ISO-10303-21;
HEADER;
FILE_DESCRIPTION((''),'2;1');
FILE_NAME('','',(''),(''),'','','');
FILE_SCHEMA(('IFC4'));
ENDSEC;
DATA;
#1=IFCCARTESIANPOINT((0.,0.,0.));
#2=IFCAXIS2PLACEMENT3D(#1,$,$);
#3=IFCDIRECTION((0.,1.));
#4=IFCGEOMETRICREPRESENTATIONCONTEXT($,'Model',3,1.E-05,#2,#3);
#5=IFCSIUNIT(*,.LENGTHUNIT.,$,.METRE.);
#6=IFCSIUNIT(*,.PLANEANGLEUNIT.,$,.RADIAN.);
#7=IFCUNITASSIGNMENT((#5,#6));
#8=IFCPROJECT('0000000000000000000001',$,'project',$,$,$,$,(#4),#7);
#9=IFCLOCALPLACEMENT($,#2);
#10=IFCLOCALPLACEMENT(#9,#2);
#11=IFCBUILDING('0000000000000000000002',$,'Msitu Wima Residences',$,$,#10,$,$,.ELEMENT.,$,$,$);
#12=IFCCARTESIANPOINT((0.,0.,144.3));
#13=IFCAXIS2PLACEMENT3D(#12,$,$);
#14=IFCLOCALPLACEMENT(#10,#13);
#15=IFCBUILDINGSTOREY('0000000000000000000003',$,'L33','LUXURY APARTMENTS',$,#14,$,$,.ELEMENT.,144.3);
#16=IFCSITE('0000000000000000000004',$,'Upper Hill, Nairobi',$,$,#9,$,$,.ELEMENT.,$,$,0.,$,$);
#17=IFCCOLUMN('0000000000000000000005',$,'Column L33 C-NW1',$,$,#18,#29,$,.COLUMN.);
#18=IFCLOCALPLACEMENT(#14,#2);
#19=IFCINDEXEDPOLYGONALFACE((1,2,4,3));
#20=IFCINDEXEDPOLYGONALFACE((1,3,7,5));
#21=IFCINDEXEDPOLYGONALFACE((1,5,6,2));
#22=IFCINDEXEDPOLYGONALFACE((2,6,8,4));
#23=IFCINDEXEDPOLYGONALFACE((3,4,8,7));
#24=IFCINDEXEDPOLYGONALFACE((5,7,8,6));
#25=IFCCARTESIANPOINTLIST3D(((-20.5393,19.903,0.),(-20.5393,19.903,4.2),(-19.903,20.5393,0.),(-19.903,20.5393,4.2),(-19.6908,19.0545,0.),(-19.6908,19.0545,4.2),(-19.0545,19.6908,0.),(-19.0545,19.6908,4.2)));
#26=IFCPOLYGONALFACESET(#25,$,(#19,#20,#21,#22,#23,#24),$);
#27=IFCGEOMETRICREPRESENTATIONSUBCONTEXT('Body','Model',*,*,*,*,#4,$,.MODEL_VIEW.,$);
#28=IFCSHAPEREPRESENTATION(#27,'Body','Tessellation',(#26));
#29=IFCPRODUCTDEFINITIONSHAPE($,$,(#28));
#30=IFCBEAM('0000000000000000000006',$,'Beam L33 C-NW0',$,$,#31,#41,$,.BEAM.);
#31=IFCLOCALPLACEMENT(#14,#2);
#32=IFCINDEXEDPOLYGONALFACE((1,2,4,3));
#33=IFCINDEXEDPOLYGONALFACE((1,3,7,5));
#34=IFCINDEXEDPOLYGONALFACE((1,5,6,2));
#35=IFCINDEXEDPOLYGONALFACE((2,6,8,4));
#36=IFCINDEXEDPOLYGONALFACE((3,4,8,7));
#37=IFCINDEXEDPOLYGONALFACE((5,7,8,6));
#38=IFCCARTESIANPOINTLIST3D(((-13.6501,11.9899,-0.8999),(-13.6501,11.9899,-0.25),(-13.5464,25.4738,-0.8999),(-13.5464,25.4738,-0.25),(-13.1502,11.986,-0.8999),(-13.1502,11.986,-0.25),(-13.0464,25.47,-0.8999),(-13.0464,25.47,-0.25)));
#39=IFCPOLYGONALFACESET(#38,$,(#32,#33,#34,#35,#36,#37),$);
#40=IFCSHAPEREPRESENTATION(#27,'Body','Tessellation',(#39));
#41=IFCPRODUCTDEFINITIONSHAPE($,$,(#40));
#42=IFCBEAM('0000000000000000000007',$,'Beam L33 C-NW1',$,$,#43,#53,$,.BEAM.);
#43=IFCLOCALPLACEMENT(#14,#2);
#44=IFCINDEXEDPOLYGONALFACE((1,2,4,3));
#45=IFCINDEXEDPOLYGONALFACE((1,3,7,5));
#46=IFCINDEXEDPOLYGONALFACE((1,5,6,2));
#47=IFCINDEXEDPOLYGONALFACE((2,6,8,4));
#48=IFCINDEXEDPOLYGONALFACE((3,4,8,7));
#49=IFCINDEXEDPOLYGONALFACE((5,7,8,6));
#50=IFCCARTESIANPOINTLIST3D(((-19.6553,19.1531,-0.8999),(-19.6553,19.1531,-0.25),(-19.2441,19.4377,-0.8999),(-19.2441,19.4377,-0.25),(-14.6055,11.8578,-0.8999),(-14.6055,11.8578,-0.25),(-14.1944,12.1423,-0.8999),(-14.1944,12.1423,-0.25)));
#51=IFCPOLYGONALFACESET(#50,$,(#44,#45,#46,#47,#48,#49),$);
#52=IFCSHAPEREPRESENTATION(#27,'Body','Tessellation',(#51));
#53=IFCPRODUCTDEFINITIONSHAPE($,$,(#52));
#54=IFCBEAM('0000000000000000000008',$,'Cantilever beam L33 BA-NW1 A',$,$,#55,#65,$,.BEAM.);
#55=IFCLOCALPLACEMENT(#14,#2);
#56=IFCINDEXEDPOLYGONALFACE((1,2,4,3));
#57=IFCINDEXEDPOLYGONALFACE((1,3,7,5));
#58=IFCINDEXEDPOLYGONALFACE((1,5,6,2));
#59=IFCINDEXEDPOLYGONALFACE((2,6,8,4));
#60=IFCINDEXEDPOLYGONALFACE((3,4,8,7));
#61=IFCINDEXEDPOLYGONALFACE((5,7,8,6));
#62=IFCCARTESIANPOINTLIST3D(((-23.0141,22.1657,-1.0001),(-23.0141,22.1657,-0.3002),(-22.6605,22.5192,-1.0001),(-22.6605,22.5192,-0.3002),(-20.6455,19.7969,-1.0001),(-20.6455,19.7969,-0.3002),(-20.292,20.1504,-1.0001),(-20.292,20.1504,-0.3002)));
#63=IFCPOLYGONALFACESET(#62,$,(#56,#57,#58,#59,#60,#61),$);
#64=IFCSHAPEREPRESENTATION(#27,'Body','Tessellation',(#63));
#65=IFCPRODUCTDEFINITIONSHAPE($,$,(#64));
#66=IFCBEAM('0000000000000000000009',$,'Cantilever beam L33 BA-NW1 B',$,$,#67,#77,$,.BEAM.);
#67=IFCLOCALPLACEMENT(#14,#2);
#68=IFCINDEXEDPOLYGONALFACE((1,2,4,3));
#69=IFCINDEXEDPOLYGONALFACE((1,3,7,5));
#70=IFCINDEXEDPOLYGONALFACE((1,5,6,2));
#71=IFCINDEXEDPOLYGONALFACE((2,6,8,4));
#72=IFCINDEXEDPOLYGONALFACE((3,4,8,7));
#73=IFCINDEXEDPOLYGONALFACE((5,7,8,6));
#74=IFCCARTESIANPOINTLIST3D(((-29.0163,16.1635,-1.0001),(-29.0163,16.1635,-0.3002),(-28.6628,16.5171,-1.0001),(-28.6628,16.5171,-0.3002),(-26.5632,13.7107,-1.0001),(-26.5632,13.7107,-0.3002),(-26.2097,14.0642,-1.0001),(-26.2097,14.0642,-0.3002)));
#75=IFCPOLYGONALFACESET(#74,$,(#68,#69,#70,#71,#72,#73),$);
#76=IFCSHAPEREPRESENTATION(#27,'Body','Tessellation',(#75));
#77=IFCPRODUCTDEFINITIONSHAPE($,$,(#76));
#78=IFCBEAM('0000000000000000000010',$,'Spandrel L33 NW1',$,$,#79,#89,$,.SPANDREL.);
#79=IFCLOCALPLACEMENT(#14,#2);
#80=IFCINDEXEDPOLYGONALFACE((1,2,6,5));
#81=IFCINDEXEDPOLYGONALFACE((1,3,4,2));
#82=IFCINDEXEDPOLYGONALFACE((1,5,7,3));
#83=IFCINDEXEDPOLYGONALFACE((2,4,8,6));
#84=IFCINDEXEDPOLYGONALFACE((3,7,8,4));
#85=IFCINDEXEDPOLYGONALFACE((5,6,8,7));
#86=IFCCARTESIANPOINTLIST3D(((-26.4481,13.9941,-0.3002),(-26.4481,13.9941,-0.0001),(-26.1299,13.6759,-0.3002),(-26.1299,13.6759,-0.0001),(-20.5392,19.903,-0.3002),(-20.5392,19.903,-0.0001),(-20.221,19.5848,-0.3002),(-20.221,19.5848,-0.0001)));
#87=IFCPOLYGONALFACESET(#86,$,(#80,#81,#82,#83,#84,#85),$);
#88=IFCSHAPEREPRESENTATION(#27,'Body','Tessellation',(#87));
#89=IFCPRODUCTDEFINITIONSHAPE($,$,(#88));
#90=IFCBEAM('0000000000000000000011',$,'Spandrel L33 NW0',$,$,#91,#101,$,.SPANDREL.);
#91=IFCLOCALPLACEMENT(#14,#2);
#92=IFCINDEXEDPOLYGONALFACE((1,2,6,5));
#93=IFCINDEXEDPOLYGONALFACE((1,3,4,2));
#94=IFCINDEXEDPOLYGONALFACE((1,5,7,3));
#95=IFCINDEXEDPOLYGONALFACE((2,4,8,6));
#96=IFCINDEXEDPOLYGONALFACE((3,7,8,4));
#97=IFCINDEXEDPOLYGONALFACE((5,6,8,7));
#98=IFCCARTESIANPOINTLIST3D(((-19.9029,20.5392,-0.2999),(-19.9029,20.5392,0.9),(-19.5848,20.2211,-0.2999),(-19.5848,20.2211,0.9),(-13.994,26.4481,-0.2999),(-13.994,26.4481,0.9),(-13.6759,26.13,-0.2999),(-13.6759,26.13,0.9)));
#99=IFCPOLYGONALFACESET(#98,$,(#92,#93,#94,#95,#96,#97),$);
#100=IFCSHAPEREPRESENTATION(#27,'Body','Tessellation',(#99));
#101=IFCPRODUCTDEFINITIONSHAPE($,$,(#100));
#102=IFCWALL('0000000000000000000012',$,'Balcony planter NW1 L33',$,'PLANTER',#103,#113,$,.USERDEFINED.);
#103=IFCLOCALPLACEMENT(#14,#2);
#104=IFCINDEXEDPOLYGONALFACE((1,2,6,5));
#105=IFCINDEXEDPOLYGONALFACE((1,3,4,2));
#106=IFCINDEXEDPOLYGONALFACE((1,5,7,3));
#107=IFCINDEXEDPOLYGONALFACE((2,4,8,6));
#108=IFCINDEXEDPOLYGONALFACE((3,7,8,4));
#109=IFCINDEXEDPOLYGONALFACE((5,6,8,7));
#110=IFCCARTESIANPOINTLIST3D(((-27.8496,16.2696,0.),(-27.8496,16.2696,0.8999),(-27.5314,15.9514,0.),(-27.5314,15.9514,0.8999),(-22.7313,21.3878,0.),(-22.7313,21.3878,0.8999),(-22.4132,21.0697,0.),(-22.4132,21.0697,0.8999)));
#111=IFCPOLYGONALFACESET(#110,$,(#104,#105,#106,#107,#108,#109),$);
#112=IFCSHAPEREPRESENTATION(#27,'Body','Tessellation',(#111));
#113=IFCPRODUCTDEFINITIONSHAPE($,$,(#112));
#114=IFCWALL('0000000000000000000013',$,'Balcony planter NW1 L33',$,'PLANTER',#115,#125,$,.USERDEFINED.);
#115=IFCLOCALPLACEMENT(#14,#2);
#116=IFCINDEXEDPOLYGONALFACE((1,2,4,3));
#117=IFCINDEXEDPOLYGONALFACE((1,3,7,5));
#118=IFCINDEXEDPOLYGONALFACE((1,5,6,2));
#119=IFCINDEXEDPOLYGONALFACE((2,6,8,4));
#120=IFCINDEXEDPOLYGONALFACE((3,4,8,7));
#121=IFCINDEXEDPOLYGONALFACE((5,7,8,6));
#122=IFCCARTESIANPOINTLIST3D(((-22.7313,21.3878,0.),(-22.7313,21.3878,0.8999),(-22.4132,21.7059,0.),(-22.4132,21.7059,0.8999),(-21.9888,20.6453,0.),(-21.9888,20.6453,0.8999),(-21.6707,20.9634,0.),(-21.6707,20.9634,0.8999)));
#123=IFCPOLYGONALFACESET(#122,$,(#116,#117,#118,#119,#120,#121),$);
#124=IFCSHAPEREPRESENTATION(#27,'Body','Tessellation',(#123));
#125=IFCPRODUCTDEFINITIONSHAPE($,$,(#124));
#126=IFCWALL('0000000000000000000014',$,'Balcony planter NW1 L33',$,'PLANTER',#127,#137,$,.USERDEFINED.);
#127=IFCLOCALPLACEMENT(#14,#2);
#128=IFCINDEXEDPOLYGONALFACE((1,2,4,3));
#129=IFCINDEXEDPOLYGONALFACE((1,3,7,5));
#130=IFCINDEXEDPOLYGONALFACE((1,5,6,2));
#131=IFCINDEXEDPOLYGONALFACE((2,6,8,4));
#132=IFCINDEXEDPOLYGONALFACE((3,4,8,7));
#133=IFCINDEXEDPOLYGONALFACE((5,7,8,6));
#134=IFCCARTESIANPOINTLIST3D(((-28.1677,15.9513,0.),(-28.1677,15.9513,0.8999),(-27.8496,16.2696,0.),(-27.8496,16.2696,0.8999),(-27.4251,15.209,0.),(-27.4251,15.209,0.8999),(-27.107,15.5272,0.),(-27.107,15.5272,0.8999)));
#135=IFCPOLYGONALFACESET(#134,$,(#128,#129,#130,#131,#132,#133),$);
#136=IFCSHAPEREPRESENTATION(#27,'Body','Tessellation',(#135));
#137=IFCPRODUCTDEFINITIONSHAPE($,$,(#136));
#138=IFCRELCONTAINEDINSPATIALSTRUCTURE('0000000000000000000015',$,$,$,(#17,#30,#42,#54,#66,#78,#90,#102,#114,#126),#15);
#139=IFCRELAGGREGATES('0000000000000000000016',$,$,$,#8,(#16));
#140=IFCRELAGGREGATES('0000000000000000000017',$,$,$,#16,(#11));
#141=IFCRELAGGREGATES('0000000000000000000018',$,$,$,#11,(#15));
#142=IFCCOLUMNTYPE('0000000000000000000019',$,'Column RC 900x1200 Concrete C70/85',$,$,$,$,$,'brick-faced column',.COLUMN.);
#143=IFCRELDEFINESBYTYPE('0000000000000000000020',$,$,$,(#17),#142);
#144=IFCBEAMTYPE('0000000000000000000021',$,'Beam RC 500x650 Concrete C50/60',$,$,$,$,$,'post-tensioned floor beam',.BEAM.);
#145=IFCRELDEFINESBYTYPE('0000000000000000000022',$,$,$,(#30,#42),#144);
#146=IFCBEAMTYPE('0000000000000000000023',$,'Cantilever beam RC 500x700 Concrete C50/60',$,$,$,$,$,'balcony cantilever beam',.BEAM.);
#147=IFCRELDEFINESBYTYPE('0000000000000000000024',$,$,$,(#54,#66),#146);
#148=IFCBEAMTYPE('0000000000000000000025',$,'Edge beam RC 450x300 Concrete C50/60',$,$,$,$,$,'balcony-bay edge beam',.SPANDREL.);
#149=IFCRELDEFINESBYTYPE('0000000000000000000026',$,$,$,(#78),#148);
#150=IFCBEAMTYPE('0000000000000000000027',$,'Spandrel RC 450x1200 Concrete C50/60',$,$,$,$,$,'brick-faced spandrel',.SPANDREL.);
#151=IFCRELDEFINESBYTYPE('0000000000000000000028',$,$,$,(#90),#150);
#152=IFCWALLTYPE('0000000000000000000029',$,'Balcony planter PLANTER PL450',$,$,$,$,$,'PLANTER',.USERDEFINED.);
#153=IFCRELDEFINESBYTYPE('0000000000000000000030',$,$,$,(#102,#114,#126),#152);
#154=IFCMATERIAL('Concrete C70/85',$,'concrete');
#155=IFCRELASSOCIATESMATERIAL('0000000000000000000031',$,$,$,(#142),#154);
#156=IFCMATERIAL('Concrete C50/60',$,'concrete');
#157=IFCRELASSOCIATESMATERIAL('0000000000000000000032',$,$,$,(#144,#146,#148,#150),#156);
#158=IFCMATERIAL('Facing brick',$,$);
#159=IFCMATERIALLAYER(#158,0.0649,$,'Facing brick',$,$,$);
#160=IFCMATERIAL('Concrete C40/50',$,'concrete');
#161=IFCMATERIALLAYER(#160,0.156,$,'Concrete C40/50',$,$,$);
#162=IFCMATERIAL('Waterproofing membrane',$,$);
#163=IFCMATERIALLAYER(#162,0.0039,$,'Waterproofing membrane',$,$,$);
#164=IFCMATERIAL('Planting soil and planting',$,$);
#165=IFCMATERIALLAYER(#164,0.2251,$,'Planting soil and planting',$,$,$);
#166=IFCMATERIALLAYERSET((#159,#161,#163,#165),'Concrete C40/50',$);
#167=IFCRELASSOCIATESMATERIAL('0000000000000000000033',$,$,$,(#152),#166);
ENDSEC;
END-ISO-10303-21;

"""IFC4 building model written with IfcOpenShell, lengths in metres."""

from ifc_helpers import new_model, si_unit, direction, frame, frame_2d, origin, origin_2d, place, context, subcontext, project, spatial, rectangle, extrude, material, layer, layer_set, material_profile, profile_set, type_object, element, save


model = new_model("IFC4")

# Units and contexts
model_context = context("Model", 3, precision=1e-05, world=origin(), true_north=direction((0.0, 1.0)))
body_context = subcontext(model_context, "Body", "Model", "MODEL_VIEW")
ifc_project = project(units=[si_unit("LENGTHUNIT", "METRE"), si_unit("PLANEANGLEUNIT", "RADIAN")], contexts=[model_context])

# Site, building, storey
site_placement = place(None, origin())
site = spatial("IfcSite", under=ifc_project, at=site_placement, Name="Upper Hill, Nairobi", CompositionType="ELEMENT", RefElevation=0.0)
building_placement = place(site_placement, origin())
building = spatial("IfcBuilding", under=site, at=building_placement, Name="Msitu Wima Residences", CompositionType="ELEMENT")
storey_placement = place(building_placement, frame((0.0, 0.0, 144.3)))
storey = spatial("IfcBuildingStorey", under=building, at=storey_placement, Name="L33", Description="LUXURY APARTMENTS", CompositionType="ELEMENT", Elevation=144.3)

# Column
ifc_material_1 = material(Name="Concrete C70/85", Category="concrete")
ifc_material_profile_1 = material_profile(ifc_material_1, rectangle(XDim=0.8999, YDim=1.2, at=origin_2d()), Name="RC 900x1200")
ifc_profile_set_1 = profile_set([ifc_material_profile_1], Name="Concrete C70/85")
column_type = type_object("IfcColumnType", Name="Column RC 900x1200 Concrete C70/85", ElementType="brick-faced column", PredefinedType="COLUMN", material=ifc_profile_set_1)
column_placement = place(storey_placement, frame((-19.7969, 19.7969, 0.0), z_axis=(0.0, 0.0, 1.0), x_axis=(-0.707107, -0.707107, 0.0)))
element("IfcColumn", 1, at=column_placement, inside=storey, type_object=column_type, Name="Column L33 C-NW1", PredefinedType="COLUMN", context=body_context, shape_type="SweptSolid", body=[
    extrude(rectangle(XDim=0.8999, YDim=1.2, at=origin_2d()), origin(), (0.0, 0.0, 1.0), 4.2),
])

# Beams
ifc_material_2 = material(Name="Concrete C50/60", Category="concrete")
ifc_material_profile_2 = material_profile(ifc_material_2, rectangle(XDim=0.5, YDim=0.6499, at=origin_2d()), Name="RC 500x650")
ifc_profile_set_2 = profile_set([ifc_material_profile_2], Name="Concrete C50/60")
beam_type_1 = type_object("IfcBeamType", Name="Beam RC 500x650 Concrete C50/60", ElementType="post-tensioned floor beam", PredefinedType="BEAM", material=ifc_profile_set_2)
beam_1_placement = place(storey_placement, frame((-13.2964, 25.4719, -0.575), z_axis=(-0.007695, -0.99997, 0.0), x_axis=(0.99997, -0.007695, 0.0)))
element("IfcBeam", 2, at=beam_1_placement, inside=storey, type_object=beam_type_1, Name="Beam L33 C-NW0", PredefinedType="BEAM", context=body_context, shape_type="SweptSolid", body=[
    extrude(rectangle(XDim=0.5, YDim=0.6499, at=origin_2d()), origin(), (0.0, 0.0, 1.0), 13.4844),
])
beam_2_placement = place(storey_placement, frame((-19.4497, 19.2954, -0.575), z_axis=(0.569144, -0.822238, 0.0), x_axis=(0.822238, 0.569144, 0.0)))
element("IfcBeam", 3, at=beam_2_placement, inside=storey, type_object=beam_type_1, Name="Beam L33 C-NW1", PredefinedType="BEAM", context=body_context, shape_type="SweptSolid", body=[
    extrude(rectangle(XDim=0.5, YDim=0.6499, at=origin_2d()), origin(), (0.0, 0.0, 1.0), 8.8726),
])
ifc_material_profile_3 = material_profile(ifc_material_2, rectangle(XDim=0.5, YDim=0.7, at=origin_2d()), Name="RC 500x700")
ifc_profile_set_3 = profile_set([ifc_material_profile_3], Name="Concrete C50/60")
beam_type_2 = type_object("IfcBeamType", Name="Cantilever beam RC 500x700 Concrete C50/60", ElementType="balcony cantilever beam", PredefinedType="BEAM", material=ifc_profile_set_3)
beam_3_placement = place(storey_placement, frame((-20.4688, 19.9736, -0.6501), z_axis=(-0.70707, 0.707143, 0.0), x_axis=(-0.707143, -0.70707, 0.0)))
element("IfcBeam", 4, at=beam_3_placement, inside=storey, type_object=beam_type_2, Name="Cantilever beam L33 BA-NW1 A", PredefinedType="BEAM", context=body_context, shape_type="SweptSolid", body=[
    extrude(rectangle(XDim=0.5, YDim=0.7, at=origin_2d()), origin(), (0.0, 0.0, 1.0), 3.3499),
])
beam_4_placement = place(storey_placement, frame((-26.3865, 13.8875, -0.6501), z_axis=(-0.707142, 0.707072, 0.0), x_axis=(-0.707072, -0.707142, 0.0)))
element("IfcBeam", 5, at=beam_4_placement, inside=storey, type_object=beam_type_2, Name="Cantilever beam L33 BA-NW1 B", PredefinedType="BEAM", context=body_context, shape_type="SweptSolid", body=[
    extrude(rectangle(XDim=0.5, YDim=0.7, at=origin_2d()), origin(), (0.0, 0.0, 1.0), 3.469),
])
ifc_material_profile_4 = material_profile(ifc_material_2, rectangle(XDim=0.45, YDim=0.3, at=origin_2d()), Name="RC 450x300")
ifc_profile_set_4 = profile_set([ifc_material_profile_4], Name="Concrete C50/60")
beam_type_3 = type_object("IfcBeamType", Name="Edge beam RC 450x300 Concrete C50/60", ElementType="balcony-bay edge beam", PredefinedType="SPANDREL", material=ifc_profile_set_4)
beam_5_placement = place(storey_placement, frame((-20.3801, 19.7439, -0.1501), z_axis=(-0.707107, -0.707107, 0.0), x_axis=(0.707107, -0.707107, 0.0)))
element("IfcBeam", 6, at=beam_5_placement, inside=storey, type_object=beam_type_3, Name="Spandrel L33 NW1", PredefinedType="SPANDREL", context=body_context, shape_type="SweptSolid", body=[
    extrude(rectangle(XDim=0.45, YDim=0.3, at=origin_2d()), origin(), (0.0, 0.0, 1.0), 8.3564),
])
ifc_material_profile_5 = material_profile(ifc_material_2, rectangle(XDim=0.45, YDim=1.2, at=origin_2d()), Name="RC 450x1200")
ifc_profile_set_5 = profile_set([ifc_material_profile_5], Name="Concrete C50/60")
beam_type_4 = type_object("IfcBeamType", Name="Spandrel RC 450x1200 Concrete C50/60", ElementType="brick-faced spandrel", PredefinedType="SPANDREL", material=ifc_profile_set_5)
beam_6_placement = place(storey_placement, frame((-13.835, 26.2891, 0.3), z_axis=(-0.707107, -0.707107, 0.0), x_axis=(0.707107, -0.707107, 0.0)))
element("IfcBeam", 7, at=beam_6_placement, inside=storey, type_object=beam_type_4, Name="Spandrel L33 NW0", PredefinedType="SPANDREL", context=body_context, shape_type="SweptSolid", body=[
    extrude(rectangle(XDim=0.45, YDim=1.2, at=origin_2d()), origin(), (0.0, 0.0, 1.0), 8.3564),
])

# Walls
ifc_material_3 = material(Name="Facing brick")
ifc_layer_1 = layer(ifc_material_3, 0.0649, Name="Facing brick")
ifc_material_4 = material(Name="Concrete C40/50", Category="concrete")
ifc_layer_2 = layer(ifc_material_4, 0.156, Name="Concrete C40/50")
ifc_material_5 = material(Name="Waterproofing membrane")
ifc_layer_3 = layer(ifc_material_5, 0.0039, Name="Waterproofing membrane")
ifc_material_6 = material(Name="Planting soil and planting")
ifc_layer_4 = layer(ifc_material_6, 0.2251, Name="Planting soil and planting")
ifc_layer_set_1 = layer_set([ifc_layer_1, ifc_layer_2, ifc_layer_3, ifc_layer_4], Name="Concrete C40/50")
wall_type_1 = type_object("IfcWallType", Name="Balcony planter PLANTER PL450", ElementType="PLANTER", PredefinedType="USERDEFINED", material=ifc_layer_set_1)
wall_1_placement = place(storey_placement, frame((-22.5723, 21.2288, 0.0), z_axis=(0.0, 0.0, 1.0), x_axis=(-0.707107, -0.707107, 0.0)))
element("IfcWall", 8, at=wall_1_placement, inside=storey, type_object=wall_type_1, Name="Balcony planter NW1 L33", ObjectType="PLANTER", PredefinedType="USERDEFINED", context=body_context, shape_type="SweptSolid", body=[
    extrude(rectangle(XDim=7.2383, YDim=0.45, at=frame_2d((3.6191, 0.0))), origin(), (0.0, 0.0, 1.0), 0.8999),
])
for number, where, z_axis, x_axis, name in (
    (9, (-21.8298, 20.8044, 0.0), (0.0, 0.0, 1.0), (-0.707107, 0.707107, 0.0), "Balcony planter NW1 L33"),
    (10, (-27.2661, 15.3682, 0.0), (0.0, 0.0, 1.0), (-0.707223, 0.706991, 0.0), "Balcony planter NW1 L33"),
):
    element("IfcWall", number, at=place(storey_placement, frame(where, z_axis=z_axis, x_axis=x_axis)), inside=storey, type_object=wall_type_1, Name=name, ObjectType="PLANTER", PredefinedType="USERDEFINED", context=body_context, shape_type="SweptSolid", body=[
        extrude(rectangle(XDim=1.05, YDim=0.45, at=frame_2d((0.5249, 0.0))), origin(), (0.0, 0.0, 1.0), 0.8999),
    ])

save(model, "model.ifc")
